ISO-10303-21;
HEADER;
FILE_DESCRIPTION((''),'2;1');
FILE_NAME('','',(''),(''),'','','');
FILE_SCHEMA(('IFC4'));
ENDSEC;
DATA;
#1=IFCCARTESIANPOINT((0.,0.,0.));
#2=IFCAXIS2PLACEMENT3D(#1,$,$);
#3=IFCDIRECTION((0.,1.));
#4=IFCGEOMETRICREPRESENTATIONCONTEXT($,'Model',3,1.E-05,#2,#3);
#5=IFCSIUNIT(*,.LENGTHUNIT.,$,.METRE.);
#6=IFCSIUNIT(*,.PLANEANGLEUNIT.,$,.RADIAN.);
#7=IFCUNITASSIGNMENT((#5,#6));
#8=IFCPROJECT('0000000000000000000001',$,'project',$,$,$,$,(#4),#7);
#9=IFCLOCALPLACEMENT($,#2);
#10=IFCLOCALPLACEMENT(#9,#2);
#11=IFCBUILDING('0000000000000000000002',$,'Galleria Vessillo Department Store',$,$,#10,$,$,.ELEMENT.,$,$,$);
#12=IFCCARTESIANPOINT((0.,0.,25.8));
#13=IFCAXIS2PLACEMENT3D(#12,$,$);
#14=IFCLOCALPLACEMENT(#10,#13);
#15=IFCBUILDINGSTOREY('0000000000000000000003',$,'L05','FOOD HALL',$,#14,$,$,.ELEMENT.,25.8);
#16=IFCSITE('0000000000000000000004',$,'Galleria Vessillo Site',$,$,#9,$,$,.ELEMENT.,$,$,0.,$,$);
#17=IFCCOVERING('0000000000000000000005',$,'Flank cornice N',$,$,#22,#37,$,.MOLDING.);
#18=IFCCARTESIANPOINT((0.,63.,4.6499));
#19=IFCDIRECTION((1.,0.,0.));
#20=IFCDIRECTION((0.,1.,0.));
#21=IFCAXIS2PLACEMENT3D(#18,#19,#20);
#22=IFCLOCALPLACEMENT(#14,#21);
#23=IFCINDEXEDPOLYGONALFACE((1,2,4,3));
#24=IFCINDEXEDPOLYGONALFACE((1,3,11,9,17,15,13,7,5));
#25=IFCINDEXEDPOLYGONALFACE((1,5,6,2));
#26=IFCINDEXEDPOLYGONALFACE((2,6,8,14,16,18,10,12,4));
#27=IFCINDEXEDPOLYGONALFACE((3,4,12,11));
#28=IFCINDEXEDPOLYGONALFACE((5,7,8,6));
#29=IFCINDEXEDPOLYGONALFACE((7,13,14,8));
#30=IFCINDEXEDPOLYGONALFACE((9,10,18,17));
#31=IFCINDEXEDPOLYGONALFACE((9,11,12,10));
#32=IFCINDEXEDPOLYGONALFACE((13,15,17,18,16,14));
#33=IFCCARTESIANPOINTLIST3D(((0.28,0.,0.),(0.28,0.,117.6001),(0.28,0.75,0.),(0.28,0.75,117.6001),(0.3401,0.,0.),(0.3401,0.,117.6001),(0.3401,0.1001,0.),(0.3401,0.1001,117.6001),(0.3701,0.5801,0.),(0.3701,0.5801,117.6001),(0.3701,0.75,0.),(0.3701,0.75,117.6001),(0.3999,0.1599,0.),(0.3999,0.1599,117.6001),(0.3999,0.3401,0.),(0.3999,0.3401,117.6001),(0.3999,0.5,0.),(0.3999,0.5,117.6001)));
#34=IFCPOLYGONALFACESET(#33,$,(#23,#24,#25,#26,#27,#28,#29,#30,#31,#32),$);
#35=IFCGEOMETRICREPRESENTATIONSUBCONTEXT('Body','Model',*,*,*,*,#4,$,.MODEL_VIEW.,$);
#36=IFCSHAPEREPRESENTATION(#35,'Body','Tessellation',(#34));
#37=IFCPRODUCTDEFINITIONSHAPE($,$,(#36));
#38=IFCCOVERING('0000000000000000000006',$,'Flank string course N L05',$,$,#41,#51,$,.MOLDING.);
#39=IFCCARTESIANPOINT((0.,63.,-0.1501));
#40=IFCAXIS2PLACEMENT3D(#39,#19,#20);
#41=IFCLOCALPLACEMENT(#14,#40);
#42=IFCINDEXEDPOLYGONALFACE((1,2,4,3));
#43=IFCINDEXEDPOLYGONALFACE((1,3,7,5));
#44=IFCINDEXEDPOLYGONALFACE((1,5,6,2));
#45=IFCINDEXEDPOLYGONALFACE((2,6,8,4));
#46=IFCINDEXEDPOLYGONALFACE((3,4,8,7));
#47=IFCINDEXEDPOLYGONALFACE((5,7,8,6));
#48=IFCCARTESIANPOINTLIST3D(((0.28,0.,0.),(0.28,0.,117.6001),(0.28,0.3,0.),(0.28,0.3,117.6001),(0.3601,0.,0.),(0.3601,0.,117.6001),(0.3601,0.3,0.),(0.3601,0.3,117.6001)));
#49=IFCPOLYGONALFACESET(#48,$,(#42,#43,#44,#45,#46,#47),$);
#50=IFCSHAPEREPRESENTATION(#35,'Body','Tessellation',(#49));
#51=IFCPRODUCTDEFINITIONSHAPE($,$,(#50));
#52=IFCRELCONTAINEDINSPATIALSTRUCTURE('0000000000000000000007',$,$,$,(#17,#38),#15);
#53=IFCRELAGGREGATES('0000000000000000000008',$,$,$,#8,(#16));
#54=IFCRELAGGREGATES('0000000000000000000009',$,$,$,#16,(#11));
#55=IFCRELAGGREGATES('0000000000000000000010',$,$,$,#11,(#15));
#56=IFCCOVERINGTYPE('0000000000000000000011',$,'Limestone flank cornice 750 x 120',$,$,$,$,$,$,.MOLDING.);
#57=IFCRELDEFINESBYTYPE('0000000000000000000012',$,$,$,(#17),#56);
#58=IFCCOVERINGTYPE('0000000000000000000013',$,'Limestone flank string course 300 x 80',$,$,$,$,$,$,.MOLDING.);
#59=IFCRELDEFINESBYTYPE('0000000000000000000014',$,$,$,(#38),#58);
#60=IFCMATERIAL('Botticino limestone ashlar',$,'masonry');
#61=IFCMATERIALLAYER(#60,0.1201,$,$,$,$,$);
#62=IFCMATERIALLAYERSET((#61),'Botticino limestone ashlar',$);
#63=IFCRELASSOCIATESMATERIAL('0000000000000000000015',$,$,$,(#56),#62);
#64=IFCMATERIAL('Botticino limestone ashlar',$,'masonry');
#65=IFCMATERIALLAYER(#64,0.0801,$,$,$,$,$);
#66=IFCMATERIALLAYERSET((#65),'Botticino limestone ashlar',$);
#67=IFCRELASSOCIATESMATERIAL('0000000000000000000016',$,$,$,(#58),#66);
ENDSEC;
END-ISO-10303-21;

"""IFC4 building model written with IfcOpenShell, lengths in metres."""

from ifc_helpers import new_model, si_unit, direction, frame, origin, place, context, subcontext, project, spatial, polyline, outline, extrude, material, layer, layer_set, type_object, element, save


model = new_model("IFC4")

# Units and contexts
model_context = context("Model", 3, precision=1e-05, world=origin(), true_north=direction((0.0, 1.0)))
body_context = subcontext(model_context, "Body", "Model", "MODEL_VIEW")
ifc_project = project(units=[si_unit("LENGTHUNIT", "METRE"), si_unit("PLANEANGLEUNIT", "RADIAN")], contexts=[model_context])

# Site, building, storey
site_placement = place(None, origin())
site = spatial("IfcSite", under=ifc_project, at=site_placement, Name="Galleria Vessillo Site", CompositionType="ELEMENT", RefElevation=0.0)
building_placement = place(site_placement, origin())
building = spatial("IfcBuilding", under=site, at=building_placement, Name="Galleria Vessillo Department Store", CompositionType="ELEMENT")
storey_placement = place(building_placement, frame((0.0, 0.0, 25.8)))
storey = spatial("IfcBuildingStorey", under=building, at=storey_placement, Name="L05", Description="FOOD HALL", CompositionType="ELEMENT", Elevation=25.8)

# Coverings
ifc_material_1 = material(Name="Botticino limestone ashlar", Category="masonry")
ifc_layer_1 = layer(ifc_material_1, 0.1201)
ifc_layer_set_1 = layer_set([ifc_layer_1], Name="Botticino limestone ashlar")
covering_type_1 = type_object("IfcCoveringType", Name="Limestone flank cornice 750 x 120", PredefinedType="MOLDING", material=ifc_layer_set_1)
covering_1_placement = place(storey_placement, frame((0.0, 63.0, 4.6499), z_axis=(1.0, 0.0, 0.0), x_axis=(0.0, 1.0, 0.0)))
element("IfcCovering", 1, at=covering_1_placement, inside=storey, type_object=covering_type_1, Name="Flank cornice N", PredefinedType="MOLDING", context=body_context, shape_type="SweptSolid", body=[
    extrude(outline(polyline([(0.28, 0.0), (0.3401, 0.0), (0.3401, 0.1001), (0.3999, 0.1599), (0.3999, 0.3401), (0.3999, 0.5), (0.3701, 0.5801), (0.3701, 0.75), (0.28, 0.75), (0.28, 0.0)])), origin(), (0.0, 0.0, 1.0), 117.6001),
])
ifc_material_2 = material(Name="Botticino limestone ashlar", Category="masonry")
ifc_layer_2 = layer(ifc_material_2, 0.0801)
ifc_layer_set_2 = layer_set([ifc_layer_2], Name="Botticino limestone ashlar")
covering_type_2 = type_object("IfcCoveringType", Name="Limestone flank string course 300 x 80", PredefinedType="MOLDING", material=ifc_layer_set_2)
covering_2_placement = place(storey_placement, frame((0.0, 63.0, -0.1501), z_axis=(1.0, 0.0, 0.0), x_axis=(0.0, 1.0, 0.0)))
element("IfcCovering", 2, at=covering_2_placement, inside=storey, type_object=covering_type_2, Name="Flank string course N L05", PredefinedType="MOLDING", context=body_context, shape_type="SweptSolid", body=[
    extrude(outline(polyline([(0.28, 0.0), (0.3601, 0.0), (0.3601, 0.3), (0.28, 0.3), (0.28, 0.0)])), origin(), (0.0, 0.0, 1.0), 117.6001),
])

save(model, "model.ifc")
